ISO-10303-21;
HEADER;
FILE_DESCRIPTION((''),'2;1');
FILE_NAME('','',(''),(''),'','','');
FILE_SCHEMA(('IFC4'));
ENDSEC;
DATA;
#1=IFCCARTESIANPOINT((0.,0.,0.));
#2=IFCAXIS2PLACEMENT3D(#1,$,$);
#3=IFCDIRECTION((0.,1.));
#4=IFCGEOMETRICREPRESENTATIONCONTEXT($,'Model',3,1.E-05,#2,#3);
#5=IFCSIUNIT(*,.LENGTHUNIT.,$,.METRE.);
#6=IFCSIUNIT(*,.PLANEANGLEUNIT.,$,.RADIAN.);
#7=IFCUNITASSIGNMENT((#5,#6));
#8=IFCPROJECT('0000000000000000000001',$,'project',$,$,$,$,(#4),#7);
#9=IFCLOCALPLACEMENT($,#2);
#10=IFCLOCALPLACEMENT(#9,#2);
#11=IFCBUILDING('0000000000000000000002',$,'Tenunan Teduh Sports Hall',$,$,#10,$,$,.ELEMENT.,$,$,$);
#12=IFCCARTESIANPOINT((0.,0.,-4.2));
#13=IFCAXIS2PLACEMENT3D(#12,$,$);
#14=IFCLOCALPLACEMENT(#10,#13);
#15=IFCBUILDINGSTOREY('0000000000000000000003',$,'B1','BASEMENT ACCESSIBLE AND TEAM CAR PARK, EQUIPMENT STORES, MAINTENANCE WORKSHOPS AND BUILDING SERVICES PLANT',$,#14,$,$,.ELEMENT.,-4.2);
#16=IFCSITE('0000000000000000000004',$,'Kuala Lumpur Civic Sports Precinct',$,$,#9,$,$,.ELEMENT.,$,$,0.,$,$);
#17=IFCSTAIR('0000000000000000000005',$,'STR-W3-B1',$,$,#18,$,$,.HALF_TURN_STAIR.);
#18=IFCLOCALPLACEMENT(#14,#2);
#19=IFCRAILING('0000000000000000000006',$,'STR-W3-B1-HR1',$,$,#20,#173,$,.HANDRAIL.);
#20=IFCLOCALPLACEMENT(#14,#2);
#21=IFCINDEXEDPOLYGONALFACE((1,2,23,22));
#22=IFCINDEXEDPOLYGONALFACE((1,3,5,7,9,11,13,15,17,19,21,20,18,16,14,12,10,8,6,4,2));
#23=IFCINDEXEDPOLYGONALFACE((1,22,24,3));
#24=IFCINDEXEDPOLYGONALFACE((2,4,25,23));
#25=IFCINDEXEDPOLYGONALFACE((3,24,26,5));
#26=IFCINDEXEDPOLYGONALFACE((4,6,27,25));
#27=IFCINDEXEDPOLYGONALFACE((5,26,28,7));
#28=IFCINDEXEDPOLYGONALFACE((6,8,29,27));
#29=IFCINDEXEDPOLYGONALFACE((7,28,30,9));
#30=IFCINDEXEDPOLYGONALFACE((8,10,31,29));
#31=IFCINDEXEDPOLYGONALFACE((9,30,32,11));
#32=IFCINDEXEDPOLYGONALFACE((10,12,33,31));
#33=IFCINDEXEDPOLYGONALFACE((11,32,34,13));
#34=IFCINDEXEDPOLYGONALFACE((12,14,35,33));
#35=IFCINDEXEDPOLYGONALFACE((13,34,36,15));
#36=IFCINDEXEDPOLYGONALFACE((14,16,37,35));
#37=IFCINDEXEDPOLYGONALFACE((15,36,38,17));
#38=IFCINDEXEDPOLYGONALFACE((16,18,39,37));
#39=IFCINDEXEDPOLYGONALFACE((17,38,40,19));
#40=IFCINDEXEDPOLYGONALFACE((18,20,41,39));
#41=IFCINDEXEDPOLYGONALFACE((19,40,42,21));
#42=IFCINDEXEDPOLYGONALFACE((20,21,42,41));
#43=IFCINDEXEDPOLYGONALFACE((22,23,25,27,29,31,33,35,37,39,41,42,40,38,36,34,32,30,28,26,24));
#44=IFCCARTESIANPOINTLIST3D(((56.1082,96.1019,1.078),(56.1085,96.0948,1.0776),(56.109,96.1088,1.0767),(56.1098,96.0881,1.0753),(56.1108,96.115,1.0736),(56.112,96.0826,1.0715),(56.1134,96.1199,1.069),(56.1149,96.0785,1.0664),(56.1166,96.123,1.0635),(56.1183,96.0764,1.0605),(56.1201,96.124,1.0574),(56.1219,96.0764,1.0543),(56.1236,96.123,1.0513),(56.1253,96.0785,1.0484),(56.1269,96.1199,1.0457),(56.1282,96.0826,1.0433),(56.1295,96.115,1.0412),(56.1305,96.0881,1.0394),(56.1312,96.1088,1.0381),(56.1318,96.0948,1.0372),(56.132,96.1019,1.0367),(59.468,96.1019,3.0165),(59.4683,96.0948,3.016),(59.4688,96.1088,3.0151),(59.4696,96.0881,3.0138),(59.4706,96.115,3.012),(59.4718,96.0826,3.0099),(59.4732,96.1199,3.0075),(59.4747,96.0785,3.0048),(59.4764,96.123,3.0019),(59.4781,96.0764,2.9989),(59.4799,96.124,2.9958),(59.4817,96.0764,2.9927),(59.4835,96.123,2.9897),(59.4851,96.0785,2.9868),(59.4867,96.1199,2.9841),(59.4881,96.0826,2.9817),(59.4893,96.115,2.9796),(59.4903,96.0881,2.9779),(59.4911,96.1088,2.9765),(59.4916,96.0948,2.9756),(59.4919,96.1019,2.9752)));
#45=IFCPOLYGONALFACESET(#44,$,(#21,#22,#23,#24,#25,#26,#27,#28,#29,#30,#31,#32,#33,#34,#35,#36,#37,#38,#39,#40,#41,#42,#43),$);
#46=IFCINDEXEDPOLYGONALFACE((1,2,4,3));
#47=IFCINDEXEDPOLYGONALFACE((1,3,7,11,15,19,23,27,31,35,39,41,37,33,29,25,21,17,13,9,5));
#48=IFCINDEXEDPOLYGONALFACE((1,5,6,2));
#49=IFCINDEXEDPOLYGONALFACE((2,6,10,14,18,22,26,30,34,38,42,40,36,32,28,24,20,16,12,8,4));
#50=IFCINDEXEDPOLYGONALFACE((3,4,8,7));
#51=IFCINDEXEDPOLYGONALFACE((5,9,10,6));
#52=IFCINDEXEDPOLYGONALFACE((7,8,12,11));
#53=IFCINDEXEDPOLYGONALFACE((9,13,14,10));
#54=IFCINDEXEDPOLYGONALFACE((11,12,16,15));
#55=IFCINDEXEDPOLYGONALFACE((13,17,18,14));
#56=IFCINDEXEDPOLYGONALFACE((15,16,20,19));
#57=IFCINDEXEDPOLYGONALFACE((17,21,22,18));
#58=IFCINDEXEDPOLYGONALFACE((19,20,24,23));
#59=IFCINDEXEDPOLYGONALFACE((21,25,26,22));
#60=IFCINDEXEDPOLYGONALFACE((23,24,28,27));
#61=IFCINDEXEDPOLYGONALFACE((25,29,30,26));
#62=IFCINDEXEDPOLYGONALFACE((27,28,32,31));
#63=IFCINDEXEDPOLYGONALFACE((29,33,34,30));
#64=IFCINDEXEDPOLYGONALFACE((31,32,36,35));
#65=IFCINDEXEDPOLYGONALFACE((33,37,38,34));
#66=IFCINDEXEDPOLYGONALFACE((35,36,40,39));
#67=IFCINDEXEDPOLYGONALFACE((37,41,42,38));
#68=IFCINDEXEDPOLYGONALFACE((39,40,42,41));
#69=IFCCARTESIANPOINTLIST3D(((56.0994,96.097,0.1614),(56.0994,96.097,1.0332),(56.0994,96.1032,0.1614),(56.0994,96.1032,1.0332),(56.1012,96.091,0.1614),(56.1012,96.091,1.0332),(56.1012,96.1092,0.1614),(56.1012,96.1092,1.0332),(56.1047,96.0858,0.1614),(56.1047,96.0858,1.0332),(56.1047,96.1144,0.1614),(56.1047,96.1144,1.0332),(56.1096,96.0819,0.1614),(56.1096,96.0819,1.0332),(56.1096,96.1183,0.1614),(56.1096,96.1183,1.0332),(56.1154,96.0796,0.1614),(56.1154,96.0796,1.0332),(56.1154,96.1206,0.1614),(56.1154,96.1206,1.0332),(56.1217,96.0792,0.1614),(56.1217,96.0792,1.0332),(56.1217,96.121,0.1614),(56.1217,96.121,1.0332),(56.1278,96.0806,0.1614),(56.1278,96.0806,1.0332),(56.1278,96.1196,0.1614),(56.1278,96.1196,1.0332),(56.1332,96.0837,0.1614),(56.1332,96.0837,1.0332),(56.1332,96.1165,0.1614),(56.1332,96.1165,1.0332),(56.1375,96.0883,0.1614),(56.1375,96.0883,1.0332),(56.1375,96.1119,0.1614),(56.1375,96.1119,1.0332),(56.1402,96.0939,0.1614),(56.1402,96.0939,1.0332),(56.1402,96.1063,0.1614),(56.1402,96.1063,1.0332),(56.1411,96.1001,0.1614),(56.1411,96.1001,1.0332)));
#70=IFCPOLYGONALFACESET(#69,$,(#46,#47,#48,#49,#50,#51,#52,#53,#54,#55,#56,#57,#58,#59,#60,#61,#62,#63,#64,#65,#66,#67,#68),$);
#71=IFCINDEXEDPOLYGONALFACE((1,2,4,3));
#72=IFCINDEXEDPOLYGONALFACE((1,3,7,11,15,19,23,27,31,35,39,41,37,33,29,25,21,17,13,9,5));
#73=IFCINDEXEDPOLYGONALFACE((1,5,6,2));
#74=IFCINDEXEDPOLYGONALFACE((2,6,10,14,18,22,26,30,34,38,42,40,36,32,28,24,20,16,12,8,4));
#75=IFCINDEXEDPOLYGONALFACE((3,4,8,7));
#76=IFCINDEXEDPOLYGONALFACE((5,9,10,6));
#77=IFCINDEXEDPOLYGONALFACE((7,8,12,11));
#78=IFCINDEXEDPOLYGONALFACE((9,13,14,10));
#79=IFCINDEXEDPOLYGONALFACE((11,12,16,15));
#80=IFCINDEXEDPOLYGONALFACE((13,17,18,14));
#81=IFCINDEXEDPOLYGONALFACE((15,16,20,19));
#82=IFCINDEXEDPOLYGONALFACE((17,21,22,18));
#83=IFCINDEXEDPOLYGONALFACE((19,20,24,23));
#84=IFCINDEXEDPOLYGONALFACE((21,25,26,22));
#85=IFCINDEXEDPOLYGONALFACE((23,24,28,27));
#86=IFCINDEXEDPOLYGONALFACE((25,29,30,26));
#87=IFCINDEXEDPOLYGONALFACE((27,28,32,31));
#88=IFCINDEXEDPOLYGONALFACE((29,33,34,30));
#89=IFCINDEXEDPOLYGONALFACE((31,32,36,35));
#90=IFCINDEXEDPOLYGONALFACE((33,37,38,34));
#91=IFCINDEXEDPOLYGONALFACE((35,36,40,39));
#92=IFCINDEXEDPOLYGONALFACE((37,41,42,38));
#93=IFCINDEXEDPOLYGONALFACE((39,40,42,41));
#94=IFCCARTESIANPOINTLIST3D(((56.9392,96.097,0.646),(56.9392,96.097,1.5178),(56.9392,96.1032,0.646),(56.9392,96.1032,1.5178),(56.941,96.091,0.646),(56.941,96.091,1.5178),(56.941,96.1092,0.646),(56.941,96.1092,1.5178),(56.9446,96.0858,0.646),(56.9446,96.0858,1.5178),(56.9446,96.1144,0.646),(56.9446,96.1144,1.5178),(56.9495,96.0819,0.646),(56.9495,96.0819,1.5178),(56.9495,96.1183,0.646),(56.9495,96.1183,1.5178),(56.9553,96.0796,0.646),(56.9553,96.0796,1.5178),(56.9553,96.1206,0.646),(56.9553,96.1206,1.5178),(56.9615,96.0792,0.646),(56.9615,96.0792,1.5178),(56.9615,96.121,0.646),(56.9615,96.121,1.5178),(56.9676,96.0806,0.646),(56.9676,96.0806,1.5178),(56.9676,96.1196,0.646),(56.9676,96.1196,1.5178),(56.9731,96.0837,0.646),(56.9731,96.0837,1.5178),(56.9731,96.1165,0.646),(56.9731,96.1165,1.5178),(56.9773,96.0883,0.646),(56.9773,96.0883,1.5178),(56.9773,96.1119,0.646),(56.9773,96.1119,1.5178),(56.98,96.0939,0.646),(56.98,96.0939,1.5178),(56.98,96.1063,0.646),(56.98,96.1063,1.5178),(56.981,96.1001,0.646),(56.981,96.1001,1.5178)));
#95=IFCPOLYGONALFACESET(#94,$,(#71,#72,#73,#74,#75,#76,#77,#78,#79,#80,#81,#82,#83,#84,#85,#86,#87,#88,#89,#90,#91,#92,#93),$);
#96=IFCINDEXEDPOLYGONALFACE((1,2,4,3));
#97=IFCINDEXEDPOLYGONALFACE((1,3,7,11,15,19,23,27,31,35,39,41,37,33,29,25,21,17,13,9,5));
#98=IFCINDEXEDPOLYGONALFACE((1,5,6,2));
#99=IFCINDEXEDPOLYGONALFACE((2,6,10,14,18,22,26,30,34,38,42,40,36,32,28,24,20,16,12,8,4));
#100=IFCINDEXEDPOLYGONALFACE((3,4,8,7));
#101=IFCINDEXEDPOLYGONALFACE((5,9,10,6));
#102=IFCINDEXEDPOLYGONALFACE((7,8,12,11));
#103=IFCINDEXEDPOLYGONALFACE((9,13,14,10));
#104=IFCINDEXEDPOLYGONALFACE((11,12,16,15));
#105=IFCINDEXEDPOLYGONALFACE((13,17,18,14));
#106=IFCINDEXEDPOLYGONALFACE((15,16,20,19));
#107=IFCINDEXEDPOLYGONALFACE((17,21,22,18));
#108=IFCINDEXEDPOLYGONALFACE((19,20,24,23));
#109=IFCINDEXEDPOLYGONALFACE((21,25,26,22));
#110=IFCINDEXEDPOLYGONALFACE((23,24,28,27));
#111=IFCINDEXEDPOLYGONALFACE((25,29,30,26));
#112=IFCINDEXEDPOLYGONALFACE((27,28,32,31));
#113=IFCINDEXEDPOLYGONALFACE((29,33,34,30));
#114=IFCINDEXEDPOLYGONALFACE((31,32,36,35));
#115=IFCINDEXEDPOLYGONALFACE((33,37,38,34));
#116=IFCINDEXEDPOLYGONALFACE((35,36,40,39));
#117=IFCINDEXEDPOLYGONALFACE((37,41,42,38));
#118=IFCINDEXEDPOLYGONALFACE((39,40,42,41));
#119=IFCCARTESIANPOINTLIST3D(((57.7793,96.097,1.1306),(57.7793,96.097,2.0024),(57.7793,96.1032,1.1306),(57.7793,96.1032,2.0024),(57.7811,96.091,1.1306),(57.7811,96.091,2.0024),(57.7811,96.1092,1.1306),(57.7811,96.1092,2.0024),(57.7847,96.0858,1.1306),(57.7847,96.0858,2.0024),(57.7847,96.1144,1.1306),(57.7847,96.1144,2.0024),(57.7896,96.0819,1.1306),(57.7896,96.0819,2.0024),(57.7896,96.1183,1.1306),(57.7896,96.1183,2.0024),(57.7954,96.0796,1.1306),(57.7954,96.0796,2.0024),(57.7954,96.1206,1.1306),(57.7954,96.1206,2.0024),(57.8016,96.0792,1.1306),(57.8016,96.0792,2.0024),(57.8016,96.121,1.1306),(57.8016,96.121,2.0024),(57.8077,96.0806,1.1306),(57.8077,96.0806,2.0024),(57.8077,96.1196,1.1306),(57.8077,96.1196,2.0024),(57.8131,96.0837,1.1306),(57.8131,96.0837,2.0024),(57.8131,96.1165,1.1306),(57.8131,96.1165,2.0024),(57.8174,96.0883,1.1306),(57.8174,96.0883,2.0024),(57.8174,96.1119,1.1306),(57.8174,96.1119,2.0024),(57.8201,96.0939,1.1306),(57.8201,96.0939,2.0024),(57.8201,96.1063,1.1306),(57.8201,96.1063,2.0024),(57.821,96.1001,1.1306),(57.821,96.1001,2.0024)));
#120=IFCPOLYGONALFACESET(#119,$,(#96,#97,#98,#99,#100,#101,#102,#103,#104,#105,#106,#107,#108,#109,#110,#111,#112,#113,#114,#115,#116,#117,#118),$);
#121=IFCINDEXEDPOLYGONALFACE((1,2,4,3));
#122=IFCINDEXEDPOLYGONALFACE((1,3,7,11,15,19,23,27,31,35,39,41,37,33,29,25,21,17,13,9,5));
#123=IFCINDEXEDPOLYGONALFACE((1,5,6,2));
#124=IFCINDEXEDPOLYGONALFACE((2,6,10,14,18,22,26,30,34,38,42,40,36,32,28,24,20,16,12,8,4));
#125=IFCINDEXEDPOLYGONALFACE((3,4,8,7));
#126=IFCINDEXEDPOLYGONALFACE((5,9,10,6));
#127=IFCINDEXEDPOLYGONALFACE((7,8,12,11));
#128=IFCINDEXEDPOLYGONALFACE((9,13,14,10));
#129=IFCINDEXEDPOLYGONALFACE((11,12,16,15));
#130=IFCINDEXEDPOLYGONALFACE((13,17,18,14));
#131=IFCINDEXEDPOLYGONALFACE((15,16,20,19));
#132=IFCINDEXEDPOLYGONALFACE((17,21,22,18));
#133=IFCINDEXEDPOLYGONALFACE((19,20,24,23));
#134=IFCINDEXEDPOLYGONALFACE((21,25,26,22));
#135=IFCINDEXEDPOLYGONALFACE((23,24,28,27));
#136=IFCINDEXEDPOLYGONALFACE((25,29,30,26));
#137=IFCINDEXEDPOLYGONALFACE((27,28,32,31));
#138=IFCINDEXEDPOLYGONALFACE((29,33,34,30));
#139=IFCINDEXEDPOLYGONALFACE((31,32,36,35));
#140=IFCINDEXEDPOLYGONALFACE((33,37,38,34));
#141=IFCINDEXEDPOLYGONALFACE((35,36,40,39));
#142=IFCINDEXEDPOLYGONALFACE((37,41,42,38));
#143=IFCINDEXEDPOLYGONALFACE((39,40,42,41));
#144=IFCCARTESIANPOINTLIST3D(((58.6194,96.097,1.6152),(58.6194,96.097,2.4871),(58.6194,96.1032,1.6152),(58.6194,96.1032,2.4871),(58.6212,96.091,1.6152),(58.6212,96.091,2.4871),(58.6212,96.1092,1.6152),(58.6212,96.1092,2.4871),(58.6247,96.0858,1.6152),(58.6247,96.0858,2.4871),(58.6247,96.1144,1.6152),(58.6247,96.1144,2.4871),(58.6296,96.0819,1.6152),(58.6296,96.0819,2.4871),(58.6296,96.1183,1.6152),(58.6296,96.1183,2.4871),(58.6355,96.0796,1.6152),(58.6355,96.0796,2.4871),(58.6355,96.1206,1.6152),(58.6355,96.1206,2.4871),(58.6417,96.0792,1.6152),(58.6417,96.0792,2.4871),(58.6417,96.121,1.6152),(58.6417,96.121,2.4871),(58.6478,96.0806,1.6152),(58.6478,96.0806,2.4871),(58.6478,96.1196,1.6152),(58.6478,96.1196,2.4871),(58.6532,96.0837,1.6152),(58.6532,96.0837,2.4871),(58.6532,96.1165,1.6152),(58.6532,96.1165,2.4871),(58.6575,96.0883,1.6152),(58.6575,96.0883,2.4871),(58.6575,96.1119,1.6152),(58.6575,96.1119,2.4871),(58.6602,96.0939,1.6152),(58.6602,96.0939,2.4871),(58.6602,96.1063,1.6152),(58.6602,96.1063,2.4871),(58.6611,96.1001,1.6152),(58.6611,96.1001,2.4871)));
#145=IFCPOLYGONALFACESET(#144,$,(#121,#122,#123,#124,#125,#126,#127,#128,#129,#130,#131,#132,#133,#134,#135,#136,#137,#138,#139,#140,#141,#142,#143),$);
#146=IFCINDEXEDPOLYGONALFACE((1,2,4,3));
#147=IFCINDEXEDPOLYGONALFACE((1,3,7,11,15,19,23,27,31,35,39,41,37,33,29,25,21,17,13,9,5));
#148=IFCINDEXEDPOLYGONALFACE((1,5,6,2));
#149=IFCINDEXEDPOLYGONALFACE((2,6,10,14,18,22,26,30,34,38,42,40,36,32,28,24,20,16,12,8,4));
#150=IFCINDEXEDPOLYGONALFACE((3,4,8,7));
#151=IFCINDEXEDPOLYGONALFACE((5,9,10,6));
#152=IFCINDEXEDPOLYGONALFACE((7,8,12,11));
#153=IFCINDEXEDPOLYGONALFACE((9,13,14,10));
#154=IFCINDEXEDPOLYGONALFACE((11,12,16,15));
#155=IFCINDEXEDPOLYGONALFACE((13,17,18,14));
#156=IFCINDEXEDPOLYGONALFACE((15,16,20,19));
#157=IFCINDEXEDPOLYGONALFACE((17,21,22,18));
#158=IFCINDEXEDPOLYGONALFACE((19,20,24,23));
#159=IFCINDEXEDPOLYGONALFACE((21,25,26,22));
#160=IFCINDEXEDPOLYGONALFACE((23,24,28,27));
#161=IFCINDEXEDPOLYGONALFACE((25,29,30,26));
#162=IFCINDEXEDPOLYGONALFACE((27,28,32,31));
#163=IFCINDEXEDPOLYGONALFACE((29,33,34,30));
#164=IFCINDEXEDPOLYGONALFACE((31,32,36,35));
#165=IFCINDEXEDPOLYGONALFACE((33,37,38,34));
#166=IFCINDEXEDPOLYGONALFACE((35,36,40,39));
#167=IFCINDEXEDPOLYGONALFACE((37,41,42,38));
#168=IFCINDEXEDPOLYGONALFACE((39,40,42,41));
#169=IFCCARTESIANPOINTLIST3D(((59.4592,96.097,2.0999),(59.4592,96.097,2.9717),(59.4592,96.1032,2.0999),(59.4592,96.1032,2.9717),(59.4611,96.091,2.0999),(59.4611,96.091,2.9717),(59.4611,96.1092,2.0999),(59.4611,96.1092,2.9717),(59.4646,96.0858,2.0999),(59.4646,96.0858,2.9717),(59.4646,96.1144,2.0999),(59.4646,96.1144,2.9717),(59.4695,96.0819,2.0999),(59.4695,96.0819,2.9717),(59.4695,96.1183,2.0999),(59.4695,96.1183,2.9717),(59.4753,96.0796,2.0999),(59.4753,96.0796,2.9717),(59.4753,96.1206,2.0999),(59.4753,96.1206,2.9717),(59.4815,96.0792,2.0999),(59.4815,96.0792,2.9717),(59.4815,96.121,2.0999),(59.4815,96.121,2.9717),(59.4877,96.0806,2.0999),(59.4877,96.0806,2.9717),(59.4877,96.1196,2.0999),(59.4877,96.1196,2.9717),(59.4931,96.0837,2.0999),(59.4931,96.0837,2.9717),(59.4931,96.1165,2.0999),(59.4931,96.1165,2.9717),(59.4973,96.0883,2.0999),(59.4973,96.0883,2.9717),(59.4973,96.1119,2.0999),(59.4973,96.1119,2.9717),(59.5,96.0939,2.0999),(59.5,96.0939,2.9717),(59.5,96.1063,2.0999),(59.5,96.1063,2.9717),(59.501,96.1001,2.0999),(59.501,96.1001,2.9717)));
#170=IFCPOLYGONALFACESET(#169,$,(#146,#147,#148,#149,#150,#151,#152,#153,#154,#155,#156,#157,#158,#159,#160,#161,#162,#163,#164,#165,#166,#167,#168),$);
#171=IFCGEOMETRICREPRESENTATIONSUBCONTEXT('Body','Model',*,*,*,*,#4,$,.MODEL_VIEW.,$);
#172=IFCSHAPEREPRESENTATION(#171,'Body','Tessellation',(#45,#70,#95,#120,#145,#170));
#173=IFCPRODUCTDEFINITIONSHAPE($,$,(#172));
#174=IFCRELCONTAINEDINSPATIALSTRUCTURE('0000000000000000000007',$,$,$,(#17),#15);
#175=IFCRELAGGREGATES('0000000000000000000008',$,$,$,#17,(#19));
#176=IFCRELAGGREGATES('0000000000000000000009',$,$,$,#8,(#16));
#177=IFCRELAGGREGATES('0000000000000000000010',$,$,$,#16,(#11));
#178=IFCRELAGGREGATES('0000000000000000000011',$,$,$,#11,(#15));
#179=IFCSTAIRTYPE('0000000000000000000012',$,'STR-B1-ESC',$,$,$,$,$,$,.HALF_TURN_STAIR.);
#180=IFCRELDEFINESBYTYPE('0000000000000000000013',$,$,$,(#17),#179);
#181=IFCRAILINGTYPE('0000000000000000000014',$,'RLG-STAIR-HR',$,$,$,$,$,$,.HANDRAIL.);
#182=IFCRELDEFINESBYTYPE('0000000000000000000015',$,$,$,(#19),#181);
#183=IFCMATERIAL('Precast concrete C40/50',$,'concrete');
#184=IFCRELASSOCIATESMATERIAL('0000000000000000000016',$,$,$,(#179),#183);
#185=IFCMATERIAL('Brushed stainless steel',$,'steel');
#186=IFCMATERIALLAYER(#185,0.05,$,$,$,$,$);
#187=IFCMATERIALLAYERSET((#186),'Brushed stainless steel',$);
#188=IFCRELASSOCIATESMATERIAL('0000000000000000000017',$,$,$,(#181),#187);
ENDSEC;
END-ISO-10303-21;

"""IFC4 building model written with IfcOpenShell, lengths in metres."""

from ifc_helpers import new_model, si_unit, direction, frame, origin, origin_2d, place, context, subcontext, project, spatial, circle, extrude, material, layer, layer_set, type_object, element, aggregate, save


model = new_model("IFC4")

# Units and contexts
model_context = context("Model", 3, precision=1e-05, world=origin(), true_north=direction((0.0, 1.0)))
body_context = subcontext(model_context, "Body", "Model", "MODEL_VIEW")
ifc_project = project(units=[si_unit("LENGTHUNIT", "METRE"), si_unit("PLANEANGLEUNIT", "RADIAN")], contexts=[model_context])

# Site, building, storey
site_placement = place(None, origin())
site = spatial("IfcSite", under=ifc_project, at=site_placement, Name="Kuala Lumpur Civic Sports Precinct", CompositionType="ELEMENT", RefElevation=0.0)
building_placement = place(site_placement, origin())
building = spatial("IfcBuilding", under=site, at=building_placement, Name="Tenunan Teduh Sports Hall", CompositionType="ELEMENT")
storey_placement = place(building_placement, frame((0.0, 0.0, -4.2)))
storey = spatial("IfcBuildingStorey", under=building, at=storey_placement, Name="B1", Description="BASEMENT ACCESSIBLE AND TEAM CAR PARK, EQUIPMENT STORES, MAINTENANCE WORKSHOPS AND BUILDING SERVICES PLANT", CompositionType="ELEMENT", Elevation=-4.2)

# Stair
ifc_material_1 = material(Name="Precast concrete C40/50", Category="concrete")
stair_type = type_object("IfcStairType", Name="STR-B1-ESC", PredefinedType="HALF_TURN_STAIR", material=ifc_material_1)
stair_placement = place(storey_placement, origin())
stair = element("IfcStair", 1, at=stair_placement, inside=storey, type_object=stair_type, Name="STR-W3-B1", PredefinedType="HALF_TURN_STAIR")

# Railing
ifc_material_2 = material(Name="Brushed stainless steel", Category="steel")
ifc_layer_1 = layer(ifc_material_2, 0.05)
ifc_layer_set_1 = layer_set([ifc_layer_1], Name="Brushed stainless steel")
railing_type_1 = type_object("IfcRailingType", Name="RLG-STAIR-HR", PredefinedType="HANDRAIL", material=ifc_layer_set_1)
railing_1_placement = place(storey_placement, frame((56.1201, 96.1001, 0.1614)))
railing_1 = element("IfcRailing", 2, at=railing_1_placement, type_object=railing_type_1, Name="STR-W3-B1-HR1", PredefinedType="HANDRAIL", context=body_context, shape_type="SweptSolid", body=[
    extrude(circle(Radius=0.0239, at=origin_2d()), frame((0.0, 0.0, 0.896), z_axis=(0.866175, 0.0, 0.499741), x_axis=(0.0, 1.0, 0.0)), (0.0, 0.0, 1.0), 3.8789),
    extrude(circle(Radius=0.021, at=origin_2d()), origin(), (0.0, 0.0, 1.0), 0.8718),
    extrude(circle(Radius=0.021, at=origin_2d()), frame((0.8398, 0.0, 0.4846)), (0.0, 0.0, 1.0), 0.8718),
    extrude(circle(Radius=0.021, at=origin_2d()), frame((1.6799, 0.0, 0.9692)), (0.0, 0.0, 1.0), 0.8718),
    extrude(circle(Radius=0.021, at=origin_2d()), frame((2.52, 0.0, 1.4539)), (0.0, 0.0, 1.0), 0.8718),
    extrude(circle(Radius=0.021, at=origin_2d()), frame((3.3599, 0.0, 1.9385)), (0.0, 0.0, 1.0), 0.8718),
])
aggregate(stair, [railing_1])

save(model, "model.ifc")
